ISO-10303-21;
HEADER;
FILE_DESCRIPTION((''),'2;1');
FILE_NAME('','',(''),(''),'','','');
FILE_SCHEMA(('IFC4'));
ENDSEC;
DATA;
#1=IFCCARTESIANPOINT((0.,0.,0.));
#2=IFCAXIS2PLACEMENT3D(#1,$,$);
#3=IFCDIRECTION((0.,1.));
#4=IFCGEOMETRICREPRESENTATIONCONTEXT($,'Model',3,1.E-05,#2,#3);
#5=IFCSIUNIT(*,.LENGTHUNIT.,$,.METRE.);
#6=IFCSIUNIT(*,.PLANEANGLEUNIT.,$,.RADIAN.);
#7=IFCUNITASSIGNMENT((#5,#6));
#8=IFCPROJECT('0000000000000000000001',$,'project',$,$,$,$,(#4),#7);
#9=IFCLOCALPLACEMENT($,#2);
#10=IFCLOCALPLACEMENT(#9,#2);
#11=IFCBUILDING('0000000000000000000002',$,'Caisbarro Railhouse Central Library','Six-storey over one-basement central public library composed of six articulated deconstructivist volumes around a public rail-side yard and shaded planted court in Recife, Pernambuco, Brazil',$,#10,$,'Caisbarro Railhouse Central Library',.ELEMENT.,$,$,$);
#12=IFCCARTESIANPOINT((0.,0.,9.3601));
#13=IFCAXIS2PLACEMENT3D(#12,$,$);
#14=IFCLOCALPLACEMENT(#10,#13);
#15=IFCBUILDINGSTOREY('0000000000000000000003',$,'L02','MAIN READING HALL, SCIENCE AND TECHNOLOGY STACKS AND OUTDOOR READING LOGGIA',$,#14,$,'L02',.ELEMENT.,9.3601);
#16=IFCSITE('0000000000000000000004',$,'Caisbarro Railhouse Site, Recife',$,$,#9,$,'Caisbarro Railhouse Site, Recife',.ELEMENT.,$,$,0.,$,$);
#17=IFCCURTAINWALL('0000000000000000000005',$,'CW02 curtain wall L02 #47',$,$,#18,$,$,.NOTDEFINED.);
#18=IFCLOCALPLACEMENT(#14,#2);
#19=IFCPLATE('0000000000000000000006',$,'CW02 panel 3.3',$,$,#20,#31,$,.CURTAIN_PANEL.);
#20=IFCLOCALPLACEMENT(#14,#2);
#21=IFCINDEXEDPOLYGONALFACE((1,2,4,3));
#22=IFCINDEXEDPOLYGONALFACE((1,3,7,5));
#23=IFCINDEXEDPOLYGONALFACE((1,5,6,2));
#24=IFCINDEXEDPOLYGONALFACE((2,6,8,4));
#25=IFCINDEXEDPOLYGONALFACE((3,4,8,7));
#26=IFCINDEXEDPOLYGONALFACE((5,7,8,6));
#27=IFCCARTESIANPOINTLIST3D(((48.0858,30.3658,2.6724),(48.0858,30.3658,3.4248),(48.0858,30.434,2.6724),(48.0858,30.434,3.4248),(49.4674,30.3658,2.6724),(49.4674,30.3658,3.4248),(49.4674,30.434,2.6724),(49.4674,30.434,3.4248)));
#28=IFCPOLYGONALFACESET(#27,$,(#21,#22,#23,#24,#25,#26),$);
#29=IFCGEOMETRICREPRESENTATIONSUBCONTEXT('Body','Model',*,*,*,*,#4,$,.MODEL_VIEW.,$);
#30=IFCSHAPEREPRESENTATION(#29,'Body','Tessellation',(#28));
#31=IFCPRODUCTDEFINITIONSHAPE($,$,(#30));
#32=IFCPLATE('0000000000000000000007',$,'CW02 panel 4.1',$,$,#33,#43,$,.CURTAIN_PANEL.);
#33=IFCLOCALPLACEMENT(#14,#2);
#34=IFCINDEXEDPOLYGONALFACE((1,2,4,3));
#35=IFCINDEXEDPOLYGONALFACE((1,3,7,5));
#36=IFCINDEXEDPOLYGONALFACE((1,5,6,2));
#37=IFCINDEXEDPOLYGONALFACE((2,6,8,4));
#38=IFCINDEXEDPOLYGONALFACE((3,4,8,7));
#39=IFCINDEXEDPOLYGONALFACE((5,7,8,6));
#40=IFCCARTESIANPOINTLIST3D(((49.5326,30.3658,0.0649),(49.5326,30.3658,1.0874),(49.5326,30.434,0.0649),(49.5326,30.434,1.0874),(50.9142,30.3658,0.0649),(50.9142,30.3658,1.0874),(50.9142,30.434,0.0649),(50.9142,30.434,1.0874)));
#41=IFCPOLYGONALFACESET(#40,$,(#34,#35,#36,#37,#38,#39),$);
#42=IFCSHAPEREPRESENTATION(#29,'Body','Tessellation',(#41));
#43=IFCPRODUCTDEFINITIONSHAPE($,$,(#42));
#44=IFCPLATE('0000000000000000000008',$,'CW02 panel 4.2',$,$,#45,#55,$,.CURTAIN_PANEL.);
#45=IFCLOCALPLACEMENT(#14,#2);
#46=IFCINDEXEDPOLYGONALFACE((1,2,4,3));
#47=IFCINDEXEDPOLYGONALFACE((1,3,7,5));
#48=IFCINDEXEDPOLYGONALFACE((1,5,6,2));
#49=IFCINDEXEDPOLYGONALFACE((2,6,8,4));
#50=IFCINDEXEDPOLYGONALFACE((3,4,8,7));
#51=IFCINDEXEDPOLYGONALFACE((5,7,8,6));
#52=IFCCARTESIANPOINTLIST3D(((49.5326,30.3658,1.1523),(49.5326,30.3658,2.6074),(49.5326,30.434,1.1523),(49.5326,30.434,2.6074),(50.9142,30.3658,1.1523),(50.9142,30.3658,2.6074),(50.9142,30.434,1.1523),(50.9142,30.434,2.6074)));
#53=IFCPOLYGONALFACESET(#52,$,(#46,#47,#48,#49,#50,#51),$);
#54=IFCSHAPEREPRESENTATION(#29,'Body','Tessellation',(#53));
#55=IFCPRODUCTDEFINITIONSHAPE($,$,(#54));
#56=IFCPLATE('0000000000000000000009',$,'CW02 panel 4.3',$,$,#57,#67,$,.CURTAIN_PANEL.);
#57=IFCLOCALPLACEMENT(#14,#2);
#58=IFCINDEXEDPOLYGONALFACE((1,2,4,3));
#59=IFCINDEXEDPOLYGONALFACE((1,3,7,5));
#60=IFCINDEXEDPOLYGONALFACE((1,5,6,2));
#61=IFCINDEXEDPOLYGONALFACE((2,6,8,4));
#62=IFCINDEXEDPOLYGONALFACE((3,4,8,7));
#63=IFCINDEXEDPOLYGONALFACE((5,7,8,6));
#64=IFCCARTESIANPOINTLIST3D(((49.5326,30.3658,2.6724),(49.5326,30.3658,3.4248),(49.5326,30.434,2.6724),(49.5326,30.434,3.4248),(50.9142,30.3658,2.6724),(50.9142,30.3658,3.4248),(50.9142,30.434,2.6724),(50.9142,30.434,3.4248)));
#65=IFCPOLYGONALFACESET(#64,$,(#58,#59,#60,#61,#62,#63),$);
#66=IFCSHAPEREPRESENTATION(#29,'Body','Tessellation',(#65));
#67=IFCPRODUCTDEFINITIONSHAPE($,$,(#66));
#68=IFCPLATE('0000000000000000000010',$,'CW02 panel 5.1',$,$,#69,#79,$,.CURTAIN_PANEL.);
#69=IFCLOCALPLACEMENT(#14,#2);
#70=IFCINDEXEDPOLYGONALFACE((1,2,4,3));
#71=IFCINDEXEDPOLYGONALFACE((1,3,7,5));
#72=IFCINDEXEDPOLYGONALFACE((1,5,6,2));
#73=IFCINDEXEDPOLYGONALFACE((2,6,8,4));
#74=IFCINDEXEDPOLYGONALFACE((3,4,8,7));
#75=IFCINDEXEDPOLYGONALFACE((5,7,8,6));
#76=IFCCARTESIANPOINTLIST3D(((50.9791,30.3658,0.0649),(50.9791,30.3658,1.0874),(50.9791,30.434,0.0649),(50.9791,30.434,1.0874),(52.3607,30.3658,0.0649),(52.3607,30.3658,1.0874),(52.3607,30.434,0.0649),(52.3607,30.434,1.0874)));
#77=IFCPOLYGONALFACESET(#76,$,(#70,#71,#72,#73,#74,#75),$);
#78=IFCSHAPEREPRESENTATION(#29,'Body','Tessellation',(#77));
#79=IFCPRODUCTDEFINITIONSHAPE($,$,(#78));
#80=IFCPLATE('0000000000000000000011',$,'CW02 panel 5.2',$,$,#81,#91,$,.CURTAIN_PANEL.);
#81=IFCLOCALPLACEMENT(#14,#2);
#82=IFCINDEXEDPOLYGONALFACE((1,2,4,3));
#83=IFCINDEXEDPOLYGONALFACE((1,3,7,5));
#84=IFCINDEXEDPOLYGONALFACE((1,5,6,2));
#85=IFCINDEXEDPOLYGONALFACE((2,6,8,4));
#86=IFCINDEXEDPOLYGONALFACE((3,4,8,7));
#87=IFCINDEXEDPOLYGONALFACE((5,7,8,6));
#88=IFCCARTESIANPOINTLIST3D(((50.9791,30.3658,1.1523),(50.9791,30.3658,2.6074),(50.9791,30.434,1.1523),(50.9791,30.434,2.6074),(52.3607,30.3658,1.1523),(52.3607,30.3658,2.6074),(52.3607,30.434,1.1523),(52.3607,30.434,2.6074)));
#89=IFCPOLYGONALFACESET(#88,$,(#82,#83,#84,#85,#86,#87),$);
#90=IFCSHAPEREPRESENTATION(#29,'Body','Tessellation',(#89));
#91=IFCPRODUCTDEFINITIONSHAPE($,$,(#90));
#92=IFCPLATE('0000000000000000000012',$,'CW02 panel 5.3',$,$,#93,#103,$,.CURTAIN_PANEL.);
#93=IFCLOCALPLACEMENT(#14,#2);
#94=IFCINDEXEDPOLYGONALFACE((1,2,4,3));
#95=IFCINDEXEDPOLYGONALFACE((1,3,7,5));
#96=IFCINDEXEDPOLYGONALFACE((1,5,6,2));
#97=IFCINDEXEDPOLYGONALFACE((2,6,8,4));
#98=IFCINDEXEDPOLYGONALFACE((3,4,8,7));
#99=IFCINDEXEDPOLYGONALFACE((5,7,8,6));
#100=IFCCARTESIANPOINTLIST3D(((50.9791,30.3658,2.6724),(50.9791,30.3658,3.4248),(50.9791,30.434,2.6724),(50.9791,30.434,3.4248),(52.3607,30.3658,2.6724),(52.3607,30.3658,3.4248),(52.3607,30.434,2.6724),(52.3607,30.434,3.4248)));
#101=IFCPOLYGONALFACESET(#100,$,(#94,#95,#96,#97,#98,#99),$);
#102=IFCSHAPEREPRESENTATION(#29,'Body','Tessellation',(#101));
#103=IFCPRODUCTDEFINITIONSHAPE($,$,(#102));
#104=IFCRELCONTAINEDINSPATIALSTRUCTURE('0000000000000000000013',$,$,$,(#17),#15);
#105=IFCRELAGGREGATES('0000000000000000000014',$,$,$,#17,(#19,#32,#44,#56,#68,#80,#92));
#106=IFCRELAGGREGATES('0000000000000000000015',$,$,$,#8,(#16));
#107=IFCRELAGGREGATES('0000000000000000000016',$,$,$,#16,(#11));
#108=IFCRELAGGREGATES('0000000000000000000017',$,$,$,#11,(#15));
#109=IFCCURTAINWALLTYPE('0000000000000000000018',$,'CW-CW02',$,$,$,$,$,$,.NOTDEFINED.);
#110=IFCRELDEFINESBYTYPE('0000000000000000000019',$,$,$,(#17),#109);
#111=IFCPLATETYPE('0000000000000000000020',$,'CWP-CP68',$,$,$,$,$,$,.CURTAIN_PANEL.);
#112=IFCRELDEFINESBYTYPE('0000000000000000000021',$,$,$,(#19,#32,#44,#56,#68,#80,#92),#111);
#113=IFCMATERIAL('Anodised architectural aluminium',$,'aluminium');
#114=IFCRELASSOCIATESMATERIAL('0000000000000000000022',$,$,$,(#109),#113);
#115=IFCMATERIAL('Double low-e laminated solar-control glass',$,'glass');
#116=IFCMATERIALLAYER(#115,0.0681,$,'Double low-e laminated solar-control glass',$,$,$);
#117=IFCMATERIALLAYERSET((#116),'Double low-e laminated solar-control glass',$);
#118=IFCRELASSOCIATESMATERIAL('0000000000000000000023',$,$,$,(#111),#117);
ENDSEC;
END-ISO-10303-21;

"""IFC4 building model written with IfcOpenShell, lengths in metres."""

from ifc_helpers import new_model, si_unit, direction, frame, origin, origin_2d, place, context, subcontext, project, spatial, rectangle, extrude, material, layer, layer_set, type_object, element, aggregate, save


model = new_model("IFC4")

# Units and contexts
model_context = context("Model", 3, precision=1e-05, world=origin(), true_north=direction((0.0, 1.0)))
body_context = subcontext(model_context, "Body", "Model", "MODEL_VIEW")
ifc_project = project(units=[si_unit("LENGTHUNIT", "METRE"), si_unit("PLANEANGLEUNIT", "RADIAN")], contexts=[model_context])

# Site, building, storey
site_placement = place(None, origin())
site = spatial("IfcSite", under=ifc_project, at=site_placement, Name="Caisbarro Railhouse Site, Recife", LongName="Caisbarro Railhouse Site, Recife", CompositionType="ELEMENT", RefElevation=0.0)
building_placement = place(site_placement, origin())
building = spatial("IfcBuilding", under=site, at=building_placement, Name="Caisbarro Railhouse Central Library", Description="Six-storey over one-basement central public library composed of six articulated deconstructivist volumes around a public rail-side yard and shaded planted court in Recife, Pernambuco, Brazil", LongName="Caisbarro Railhouse Central Library", CompositionType="ELEMENT")
storey_placement = place(building_placement, frame((0.0, 0.0, 9.3601)))
storey = spatial("IfcBuildingStorey", under=building, at=storey_placement, Name="L02", Description="MAIN READING HALL, SCIENCE AND TECHNOLOGY STACKS AND OUTDOOR READING LOGGIA", LongName="L02", CompositionType="ELEMENT", Elevation=9.3601)

# Curtain wall, plates
ifc_material_1 = material(Name="Anodised architectural aluminium", Category="aluminium")
curtain_wall_type = type_object("IfcCurtainWallType", Name="CW-CW02", PredefinedType="NOTDEFINED", material=ifc_material_1)
curtain_wall_placement = place(storey_placement, origin())
curtain_wall = element("IfcCurtainWall", 1, at=curtain_wall_placement, inside=storey, type_object=curtain_wall_type, Name="CW02 curtain wall L02 #47", PredefinedType="NOTDEFINED")
ifc_material_2 = material(Name="Double low-e laminated solar-control glass", Category="glass")
ifc_layer = layer(ifc_material_2, 0.0681, Name="Double low-e laminated solar-control glass")
ifc_layer_set = layer_set([ifc_layer], Name="Double low-e laminated solar-control glass")
plate_type = type_object("IfcPlateType", Name="CWP-CP68", PredefinedType="CURTAIN_PANEL", material=ifc_layer_set)
plate_1_placement = place(storey_placement, frame((48.7766, 30.3999, 2.6724), z_axis=(0.0, 0.0, 1.0), x_axis=(1.0, 0.0, 0.0)))
plate_1 = element("IfcPlate", 2, at=plate_1_placement, type_object=plate_type, Name="CW02 panel 3.3", PredefinedType="CURTAIN_PANEL", context=body_context, shape_type="SweptSolid", body=[
    extrude(rectangle(XDim=1.3816, YDim=0.0681, at=origin_2d()), origin(), (0.0, 0.0, 1.0), 0.7524),
])
plate_2_placement = place(storey_placement, frame((50.2234, 30.3999, 0.0649), z_axis=(0.0, 0.0, 1.0), x_axis=(1.0, 0.0, 0.0)))
plate_2 = element("IfcPlate", 3, at=plate_2_placement, type_object=plate_type, Name="CW02 panel 4.1", PredefinedType="CURTAIN_PANEL", context=body_context, shape_type="SweptSolid", body=[
    extrude(rectangle(XDim=1.3816, YDim=0.0681, at=origin_2d()), origin(), (0.0, 0.0, 1.0), 1.0225),
])
plate_3_placement = place(storey_placement, frame((50.2234, 30.3999, 1.1523), z_axis=(0.0, 0.0, 1.0), x_axis=(1.0, 0.0, 0.0)))
plate_3 = element("IfcPlate", 4, at=plate_3_placement, type_object=plate_type, Name="CW02 panel 4.2", PredefinedType="CURTAIN_PANEL", context=body_context, shape_type="SweptSolid", body=[
    extrude(rectangle(XDim=1.3816, YDim=0.0681, at=origin_2d()), origin(), (0.0, 0.0, 1.0), 1.4551),
])
plate_4_placement = place(storey_placement, frame((50.2234, 30.3999, 2.6724), z_axis=(0.0, 0.0, 1.0), x_axis=(1.0, 0.0, 0.0)))
plate_4 = element("IfcPlate", 5, at=plate_4_placement, type_object=plate_type, Name="CW02 panel 4.3", PredefinedType="CURTAIN_PANEL", context=body_context, shape_type="SweptSolid", body=[
    extrude(rectangle(XDim=1.3816, YDim=0.0681, at=origin_2d()), origin(), (0.0, 0.0, 1.0), 0.7524),
])
plate_5_placement = place(storey_placement, frame((51.6699, 30.3999, 0.0649), z_axis=(0.0, 0.0, 1.0), x_axis=(1.0, 0.0, 0.0)))
plate_5 = element("IfcPlate", 6, at=plate_5_placement, type_object=plate_type, Name="CW02 panel 5.1", PredefinedType="CURTAIN_PANEL", context=body_context, shape_type="SweptSolid", body=[
    extrude(rectangle(XDim=1.3816, YDim=0.0681, at=origin_2d()), origin(), (0.0, 0.0, 1.0), 1.0225),
])
plate_6_placement = place(storey_placement, frame((51.6699, 30.3999, 1.1523), z_axis=(0.0, 0.0, 1.0), x_axis=(1.0, 0.0, 0.0)))
plate_6 = element("IfcPlate", 7, at=plate_6_placement, type_object=plate_type, Name="CW02 panel 5.2", PredefinedType="CURTAIN_PANEL", context=body_context, shape_type="SweptSolid", body=[
    extrude(rectangle(XDim=1.3816, YDim=0.0681, at=origin_2d()), origin(), (0.0, 0.0, 1.0), 1.4551),
])
plate_7_placement = place(storey_placement, frame((51.6699, 30.3999, 2.6724), z_axis=(0.0, 0.0, 1.0), x_axis=(1.0, 0.0, 0.0)))
plate_7 = element("IfcPlate", 8, at=plate_7_placement, type_object=plate_type, Name="CW02 panel 5.3", PredefinedType="CURTAIN_PANEL", context=body_context, shape_type="SweptSolid", body=[
    extrude(rectangle(XDim=1.3816, YDim=0.0681, at=origin_2d()), origin(), (0.0, 0.0, 1.0), 0.7524),
])
aggregate(curtain_wall, [plate_1, plate_2, plate_3, plate_4, plate_5, plate_6, plate_7])

save(model, "model.ifc")
